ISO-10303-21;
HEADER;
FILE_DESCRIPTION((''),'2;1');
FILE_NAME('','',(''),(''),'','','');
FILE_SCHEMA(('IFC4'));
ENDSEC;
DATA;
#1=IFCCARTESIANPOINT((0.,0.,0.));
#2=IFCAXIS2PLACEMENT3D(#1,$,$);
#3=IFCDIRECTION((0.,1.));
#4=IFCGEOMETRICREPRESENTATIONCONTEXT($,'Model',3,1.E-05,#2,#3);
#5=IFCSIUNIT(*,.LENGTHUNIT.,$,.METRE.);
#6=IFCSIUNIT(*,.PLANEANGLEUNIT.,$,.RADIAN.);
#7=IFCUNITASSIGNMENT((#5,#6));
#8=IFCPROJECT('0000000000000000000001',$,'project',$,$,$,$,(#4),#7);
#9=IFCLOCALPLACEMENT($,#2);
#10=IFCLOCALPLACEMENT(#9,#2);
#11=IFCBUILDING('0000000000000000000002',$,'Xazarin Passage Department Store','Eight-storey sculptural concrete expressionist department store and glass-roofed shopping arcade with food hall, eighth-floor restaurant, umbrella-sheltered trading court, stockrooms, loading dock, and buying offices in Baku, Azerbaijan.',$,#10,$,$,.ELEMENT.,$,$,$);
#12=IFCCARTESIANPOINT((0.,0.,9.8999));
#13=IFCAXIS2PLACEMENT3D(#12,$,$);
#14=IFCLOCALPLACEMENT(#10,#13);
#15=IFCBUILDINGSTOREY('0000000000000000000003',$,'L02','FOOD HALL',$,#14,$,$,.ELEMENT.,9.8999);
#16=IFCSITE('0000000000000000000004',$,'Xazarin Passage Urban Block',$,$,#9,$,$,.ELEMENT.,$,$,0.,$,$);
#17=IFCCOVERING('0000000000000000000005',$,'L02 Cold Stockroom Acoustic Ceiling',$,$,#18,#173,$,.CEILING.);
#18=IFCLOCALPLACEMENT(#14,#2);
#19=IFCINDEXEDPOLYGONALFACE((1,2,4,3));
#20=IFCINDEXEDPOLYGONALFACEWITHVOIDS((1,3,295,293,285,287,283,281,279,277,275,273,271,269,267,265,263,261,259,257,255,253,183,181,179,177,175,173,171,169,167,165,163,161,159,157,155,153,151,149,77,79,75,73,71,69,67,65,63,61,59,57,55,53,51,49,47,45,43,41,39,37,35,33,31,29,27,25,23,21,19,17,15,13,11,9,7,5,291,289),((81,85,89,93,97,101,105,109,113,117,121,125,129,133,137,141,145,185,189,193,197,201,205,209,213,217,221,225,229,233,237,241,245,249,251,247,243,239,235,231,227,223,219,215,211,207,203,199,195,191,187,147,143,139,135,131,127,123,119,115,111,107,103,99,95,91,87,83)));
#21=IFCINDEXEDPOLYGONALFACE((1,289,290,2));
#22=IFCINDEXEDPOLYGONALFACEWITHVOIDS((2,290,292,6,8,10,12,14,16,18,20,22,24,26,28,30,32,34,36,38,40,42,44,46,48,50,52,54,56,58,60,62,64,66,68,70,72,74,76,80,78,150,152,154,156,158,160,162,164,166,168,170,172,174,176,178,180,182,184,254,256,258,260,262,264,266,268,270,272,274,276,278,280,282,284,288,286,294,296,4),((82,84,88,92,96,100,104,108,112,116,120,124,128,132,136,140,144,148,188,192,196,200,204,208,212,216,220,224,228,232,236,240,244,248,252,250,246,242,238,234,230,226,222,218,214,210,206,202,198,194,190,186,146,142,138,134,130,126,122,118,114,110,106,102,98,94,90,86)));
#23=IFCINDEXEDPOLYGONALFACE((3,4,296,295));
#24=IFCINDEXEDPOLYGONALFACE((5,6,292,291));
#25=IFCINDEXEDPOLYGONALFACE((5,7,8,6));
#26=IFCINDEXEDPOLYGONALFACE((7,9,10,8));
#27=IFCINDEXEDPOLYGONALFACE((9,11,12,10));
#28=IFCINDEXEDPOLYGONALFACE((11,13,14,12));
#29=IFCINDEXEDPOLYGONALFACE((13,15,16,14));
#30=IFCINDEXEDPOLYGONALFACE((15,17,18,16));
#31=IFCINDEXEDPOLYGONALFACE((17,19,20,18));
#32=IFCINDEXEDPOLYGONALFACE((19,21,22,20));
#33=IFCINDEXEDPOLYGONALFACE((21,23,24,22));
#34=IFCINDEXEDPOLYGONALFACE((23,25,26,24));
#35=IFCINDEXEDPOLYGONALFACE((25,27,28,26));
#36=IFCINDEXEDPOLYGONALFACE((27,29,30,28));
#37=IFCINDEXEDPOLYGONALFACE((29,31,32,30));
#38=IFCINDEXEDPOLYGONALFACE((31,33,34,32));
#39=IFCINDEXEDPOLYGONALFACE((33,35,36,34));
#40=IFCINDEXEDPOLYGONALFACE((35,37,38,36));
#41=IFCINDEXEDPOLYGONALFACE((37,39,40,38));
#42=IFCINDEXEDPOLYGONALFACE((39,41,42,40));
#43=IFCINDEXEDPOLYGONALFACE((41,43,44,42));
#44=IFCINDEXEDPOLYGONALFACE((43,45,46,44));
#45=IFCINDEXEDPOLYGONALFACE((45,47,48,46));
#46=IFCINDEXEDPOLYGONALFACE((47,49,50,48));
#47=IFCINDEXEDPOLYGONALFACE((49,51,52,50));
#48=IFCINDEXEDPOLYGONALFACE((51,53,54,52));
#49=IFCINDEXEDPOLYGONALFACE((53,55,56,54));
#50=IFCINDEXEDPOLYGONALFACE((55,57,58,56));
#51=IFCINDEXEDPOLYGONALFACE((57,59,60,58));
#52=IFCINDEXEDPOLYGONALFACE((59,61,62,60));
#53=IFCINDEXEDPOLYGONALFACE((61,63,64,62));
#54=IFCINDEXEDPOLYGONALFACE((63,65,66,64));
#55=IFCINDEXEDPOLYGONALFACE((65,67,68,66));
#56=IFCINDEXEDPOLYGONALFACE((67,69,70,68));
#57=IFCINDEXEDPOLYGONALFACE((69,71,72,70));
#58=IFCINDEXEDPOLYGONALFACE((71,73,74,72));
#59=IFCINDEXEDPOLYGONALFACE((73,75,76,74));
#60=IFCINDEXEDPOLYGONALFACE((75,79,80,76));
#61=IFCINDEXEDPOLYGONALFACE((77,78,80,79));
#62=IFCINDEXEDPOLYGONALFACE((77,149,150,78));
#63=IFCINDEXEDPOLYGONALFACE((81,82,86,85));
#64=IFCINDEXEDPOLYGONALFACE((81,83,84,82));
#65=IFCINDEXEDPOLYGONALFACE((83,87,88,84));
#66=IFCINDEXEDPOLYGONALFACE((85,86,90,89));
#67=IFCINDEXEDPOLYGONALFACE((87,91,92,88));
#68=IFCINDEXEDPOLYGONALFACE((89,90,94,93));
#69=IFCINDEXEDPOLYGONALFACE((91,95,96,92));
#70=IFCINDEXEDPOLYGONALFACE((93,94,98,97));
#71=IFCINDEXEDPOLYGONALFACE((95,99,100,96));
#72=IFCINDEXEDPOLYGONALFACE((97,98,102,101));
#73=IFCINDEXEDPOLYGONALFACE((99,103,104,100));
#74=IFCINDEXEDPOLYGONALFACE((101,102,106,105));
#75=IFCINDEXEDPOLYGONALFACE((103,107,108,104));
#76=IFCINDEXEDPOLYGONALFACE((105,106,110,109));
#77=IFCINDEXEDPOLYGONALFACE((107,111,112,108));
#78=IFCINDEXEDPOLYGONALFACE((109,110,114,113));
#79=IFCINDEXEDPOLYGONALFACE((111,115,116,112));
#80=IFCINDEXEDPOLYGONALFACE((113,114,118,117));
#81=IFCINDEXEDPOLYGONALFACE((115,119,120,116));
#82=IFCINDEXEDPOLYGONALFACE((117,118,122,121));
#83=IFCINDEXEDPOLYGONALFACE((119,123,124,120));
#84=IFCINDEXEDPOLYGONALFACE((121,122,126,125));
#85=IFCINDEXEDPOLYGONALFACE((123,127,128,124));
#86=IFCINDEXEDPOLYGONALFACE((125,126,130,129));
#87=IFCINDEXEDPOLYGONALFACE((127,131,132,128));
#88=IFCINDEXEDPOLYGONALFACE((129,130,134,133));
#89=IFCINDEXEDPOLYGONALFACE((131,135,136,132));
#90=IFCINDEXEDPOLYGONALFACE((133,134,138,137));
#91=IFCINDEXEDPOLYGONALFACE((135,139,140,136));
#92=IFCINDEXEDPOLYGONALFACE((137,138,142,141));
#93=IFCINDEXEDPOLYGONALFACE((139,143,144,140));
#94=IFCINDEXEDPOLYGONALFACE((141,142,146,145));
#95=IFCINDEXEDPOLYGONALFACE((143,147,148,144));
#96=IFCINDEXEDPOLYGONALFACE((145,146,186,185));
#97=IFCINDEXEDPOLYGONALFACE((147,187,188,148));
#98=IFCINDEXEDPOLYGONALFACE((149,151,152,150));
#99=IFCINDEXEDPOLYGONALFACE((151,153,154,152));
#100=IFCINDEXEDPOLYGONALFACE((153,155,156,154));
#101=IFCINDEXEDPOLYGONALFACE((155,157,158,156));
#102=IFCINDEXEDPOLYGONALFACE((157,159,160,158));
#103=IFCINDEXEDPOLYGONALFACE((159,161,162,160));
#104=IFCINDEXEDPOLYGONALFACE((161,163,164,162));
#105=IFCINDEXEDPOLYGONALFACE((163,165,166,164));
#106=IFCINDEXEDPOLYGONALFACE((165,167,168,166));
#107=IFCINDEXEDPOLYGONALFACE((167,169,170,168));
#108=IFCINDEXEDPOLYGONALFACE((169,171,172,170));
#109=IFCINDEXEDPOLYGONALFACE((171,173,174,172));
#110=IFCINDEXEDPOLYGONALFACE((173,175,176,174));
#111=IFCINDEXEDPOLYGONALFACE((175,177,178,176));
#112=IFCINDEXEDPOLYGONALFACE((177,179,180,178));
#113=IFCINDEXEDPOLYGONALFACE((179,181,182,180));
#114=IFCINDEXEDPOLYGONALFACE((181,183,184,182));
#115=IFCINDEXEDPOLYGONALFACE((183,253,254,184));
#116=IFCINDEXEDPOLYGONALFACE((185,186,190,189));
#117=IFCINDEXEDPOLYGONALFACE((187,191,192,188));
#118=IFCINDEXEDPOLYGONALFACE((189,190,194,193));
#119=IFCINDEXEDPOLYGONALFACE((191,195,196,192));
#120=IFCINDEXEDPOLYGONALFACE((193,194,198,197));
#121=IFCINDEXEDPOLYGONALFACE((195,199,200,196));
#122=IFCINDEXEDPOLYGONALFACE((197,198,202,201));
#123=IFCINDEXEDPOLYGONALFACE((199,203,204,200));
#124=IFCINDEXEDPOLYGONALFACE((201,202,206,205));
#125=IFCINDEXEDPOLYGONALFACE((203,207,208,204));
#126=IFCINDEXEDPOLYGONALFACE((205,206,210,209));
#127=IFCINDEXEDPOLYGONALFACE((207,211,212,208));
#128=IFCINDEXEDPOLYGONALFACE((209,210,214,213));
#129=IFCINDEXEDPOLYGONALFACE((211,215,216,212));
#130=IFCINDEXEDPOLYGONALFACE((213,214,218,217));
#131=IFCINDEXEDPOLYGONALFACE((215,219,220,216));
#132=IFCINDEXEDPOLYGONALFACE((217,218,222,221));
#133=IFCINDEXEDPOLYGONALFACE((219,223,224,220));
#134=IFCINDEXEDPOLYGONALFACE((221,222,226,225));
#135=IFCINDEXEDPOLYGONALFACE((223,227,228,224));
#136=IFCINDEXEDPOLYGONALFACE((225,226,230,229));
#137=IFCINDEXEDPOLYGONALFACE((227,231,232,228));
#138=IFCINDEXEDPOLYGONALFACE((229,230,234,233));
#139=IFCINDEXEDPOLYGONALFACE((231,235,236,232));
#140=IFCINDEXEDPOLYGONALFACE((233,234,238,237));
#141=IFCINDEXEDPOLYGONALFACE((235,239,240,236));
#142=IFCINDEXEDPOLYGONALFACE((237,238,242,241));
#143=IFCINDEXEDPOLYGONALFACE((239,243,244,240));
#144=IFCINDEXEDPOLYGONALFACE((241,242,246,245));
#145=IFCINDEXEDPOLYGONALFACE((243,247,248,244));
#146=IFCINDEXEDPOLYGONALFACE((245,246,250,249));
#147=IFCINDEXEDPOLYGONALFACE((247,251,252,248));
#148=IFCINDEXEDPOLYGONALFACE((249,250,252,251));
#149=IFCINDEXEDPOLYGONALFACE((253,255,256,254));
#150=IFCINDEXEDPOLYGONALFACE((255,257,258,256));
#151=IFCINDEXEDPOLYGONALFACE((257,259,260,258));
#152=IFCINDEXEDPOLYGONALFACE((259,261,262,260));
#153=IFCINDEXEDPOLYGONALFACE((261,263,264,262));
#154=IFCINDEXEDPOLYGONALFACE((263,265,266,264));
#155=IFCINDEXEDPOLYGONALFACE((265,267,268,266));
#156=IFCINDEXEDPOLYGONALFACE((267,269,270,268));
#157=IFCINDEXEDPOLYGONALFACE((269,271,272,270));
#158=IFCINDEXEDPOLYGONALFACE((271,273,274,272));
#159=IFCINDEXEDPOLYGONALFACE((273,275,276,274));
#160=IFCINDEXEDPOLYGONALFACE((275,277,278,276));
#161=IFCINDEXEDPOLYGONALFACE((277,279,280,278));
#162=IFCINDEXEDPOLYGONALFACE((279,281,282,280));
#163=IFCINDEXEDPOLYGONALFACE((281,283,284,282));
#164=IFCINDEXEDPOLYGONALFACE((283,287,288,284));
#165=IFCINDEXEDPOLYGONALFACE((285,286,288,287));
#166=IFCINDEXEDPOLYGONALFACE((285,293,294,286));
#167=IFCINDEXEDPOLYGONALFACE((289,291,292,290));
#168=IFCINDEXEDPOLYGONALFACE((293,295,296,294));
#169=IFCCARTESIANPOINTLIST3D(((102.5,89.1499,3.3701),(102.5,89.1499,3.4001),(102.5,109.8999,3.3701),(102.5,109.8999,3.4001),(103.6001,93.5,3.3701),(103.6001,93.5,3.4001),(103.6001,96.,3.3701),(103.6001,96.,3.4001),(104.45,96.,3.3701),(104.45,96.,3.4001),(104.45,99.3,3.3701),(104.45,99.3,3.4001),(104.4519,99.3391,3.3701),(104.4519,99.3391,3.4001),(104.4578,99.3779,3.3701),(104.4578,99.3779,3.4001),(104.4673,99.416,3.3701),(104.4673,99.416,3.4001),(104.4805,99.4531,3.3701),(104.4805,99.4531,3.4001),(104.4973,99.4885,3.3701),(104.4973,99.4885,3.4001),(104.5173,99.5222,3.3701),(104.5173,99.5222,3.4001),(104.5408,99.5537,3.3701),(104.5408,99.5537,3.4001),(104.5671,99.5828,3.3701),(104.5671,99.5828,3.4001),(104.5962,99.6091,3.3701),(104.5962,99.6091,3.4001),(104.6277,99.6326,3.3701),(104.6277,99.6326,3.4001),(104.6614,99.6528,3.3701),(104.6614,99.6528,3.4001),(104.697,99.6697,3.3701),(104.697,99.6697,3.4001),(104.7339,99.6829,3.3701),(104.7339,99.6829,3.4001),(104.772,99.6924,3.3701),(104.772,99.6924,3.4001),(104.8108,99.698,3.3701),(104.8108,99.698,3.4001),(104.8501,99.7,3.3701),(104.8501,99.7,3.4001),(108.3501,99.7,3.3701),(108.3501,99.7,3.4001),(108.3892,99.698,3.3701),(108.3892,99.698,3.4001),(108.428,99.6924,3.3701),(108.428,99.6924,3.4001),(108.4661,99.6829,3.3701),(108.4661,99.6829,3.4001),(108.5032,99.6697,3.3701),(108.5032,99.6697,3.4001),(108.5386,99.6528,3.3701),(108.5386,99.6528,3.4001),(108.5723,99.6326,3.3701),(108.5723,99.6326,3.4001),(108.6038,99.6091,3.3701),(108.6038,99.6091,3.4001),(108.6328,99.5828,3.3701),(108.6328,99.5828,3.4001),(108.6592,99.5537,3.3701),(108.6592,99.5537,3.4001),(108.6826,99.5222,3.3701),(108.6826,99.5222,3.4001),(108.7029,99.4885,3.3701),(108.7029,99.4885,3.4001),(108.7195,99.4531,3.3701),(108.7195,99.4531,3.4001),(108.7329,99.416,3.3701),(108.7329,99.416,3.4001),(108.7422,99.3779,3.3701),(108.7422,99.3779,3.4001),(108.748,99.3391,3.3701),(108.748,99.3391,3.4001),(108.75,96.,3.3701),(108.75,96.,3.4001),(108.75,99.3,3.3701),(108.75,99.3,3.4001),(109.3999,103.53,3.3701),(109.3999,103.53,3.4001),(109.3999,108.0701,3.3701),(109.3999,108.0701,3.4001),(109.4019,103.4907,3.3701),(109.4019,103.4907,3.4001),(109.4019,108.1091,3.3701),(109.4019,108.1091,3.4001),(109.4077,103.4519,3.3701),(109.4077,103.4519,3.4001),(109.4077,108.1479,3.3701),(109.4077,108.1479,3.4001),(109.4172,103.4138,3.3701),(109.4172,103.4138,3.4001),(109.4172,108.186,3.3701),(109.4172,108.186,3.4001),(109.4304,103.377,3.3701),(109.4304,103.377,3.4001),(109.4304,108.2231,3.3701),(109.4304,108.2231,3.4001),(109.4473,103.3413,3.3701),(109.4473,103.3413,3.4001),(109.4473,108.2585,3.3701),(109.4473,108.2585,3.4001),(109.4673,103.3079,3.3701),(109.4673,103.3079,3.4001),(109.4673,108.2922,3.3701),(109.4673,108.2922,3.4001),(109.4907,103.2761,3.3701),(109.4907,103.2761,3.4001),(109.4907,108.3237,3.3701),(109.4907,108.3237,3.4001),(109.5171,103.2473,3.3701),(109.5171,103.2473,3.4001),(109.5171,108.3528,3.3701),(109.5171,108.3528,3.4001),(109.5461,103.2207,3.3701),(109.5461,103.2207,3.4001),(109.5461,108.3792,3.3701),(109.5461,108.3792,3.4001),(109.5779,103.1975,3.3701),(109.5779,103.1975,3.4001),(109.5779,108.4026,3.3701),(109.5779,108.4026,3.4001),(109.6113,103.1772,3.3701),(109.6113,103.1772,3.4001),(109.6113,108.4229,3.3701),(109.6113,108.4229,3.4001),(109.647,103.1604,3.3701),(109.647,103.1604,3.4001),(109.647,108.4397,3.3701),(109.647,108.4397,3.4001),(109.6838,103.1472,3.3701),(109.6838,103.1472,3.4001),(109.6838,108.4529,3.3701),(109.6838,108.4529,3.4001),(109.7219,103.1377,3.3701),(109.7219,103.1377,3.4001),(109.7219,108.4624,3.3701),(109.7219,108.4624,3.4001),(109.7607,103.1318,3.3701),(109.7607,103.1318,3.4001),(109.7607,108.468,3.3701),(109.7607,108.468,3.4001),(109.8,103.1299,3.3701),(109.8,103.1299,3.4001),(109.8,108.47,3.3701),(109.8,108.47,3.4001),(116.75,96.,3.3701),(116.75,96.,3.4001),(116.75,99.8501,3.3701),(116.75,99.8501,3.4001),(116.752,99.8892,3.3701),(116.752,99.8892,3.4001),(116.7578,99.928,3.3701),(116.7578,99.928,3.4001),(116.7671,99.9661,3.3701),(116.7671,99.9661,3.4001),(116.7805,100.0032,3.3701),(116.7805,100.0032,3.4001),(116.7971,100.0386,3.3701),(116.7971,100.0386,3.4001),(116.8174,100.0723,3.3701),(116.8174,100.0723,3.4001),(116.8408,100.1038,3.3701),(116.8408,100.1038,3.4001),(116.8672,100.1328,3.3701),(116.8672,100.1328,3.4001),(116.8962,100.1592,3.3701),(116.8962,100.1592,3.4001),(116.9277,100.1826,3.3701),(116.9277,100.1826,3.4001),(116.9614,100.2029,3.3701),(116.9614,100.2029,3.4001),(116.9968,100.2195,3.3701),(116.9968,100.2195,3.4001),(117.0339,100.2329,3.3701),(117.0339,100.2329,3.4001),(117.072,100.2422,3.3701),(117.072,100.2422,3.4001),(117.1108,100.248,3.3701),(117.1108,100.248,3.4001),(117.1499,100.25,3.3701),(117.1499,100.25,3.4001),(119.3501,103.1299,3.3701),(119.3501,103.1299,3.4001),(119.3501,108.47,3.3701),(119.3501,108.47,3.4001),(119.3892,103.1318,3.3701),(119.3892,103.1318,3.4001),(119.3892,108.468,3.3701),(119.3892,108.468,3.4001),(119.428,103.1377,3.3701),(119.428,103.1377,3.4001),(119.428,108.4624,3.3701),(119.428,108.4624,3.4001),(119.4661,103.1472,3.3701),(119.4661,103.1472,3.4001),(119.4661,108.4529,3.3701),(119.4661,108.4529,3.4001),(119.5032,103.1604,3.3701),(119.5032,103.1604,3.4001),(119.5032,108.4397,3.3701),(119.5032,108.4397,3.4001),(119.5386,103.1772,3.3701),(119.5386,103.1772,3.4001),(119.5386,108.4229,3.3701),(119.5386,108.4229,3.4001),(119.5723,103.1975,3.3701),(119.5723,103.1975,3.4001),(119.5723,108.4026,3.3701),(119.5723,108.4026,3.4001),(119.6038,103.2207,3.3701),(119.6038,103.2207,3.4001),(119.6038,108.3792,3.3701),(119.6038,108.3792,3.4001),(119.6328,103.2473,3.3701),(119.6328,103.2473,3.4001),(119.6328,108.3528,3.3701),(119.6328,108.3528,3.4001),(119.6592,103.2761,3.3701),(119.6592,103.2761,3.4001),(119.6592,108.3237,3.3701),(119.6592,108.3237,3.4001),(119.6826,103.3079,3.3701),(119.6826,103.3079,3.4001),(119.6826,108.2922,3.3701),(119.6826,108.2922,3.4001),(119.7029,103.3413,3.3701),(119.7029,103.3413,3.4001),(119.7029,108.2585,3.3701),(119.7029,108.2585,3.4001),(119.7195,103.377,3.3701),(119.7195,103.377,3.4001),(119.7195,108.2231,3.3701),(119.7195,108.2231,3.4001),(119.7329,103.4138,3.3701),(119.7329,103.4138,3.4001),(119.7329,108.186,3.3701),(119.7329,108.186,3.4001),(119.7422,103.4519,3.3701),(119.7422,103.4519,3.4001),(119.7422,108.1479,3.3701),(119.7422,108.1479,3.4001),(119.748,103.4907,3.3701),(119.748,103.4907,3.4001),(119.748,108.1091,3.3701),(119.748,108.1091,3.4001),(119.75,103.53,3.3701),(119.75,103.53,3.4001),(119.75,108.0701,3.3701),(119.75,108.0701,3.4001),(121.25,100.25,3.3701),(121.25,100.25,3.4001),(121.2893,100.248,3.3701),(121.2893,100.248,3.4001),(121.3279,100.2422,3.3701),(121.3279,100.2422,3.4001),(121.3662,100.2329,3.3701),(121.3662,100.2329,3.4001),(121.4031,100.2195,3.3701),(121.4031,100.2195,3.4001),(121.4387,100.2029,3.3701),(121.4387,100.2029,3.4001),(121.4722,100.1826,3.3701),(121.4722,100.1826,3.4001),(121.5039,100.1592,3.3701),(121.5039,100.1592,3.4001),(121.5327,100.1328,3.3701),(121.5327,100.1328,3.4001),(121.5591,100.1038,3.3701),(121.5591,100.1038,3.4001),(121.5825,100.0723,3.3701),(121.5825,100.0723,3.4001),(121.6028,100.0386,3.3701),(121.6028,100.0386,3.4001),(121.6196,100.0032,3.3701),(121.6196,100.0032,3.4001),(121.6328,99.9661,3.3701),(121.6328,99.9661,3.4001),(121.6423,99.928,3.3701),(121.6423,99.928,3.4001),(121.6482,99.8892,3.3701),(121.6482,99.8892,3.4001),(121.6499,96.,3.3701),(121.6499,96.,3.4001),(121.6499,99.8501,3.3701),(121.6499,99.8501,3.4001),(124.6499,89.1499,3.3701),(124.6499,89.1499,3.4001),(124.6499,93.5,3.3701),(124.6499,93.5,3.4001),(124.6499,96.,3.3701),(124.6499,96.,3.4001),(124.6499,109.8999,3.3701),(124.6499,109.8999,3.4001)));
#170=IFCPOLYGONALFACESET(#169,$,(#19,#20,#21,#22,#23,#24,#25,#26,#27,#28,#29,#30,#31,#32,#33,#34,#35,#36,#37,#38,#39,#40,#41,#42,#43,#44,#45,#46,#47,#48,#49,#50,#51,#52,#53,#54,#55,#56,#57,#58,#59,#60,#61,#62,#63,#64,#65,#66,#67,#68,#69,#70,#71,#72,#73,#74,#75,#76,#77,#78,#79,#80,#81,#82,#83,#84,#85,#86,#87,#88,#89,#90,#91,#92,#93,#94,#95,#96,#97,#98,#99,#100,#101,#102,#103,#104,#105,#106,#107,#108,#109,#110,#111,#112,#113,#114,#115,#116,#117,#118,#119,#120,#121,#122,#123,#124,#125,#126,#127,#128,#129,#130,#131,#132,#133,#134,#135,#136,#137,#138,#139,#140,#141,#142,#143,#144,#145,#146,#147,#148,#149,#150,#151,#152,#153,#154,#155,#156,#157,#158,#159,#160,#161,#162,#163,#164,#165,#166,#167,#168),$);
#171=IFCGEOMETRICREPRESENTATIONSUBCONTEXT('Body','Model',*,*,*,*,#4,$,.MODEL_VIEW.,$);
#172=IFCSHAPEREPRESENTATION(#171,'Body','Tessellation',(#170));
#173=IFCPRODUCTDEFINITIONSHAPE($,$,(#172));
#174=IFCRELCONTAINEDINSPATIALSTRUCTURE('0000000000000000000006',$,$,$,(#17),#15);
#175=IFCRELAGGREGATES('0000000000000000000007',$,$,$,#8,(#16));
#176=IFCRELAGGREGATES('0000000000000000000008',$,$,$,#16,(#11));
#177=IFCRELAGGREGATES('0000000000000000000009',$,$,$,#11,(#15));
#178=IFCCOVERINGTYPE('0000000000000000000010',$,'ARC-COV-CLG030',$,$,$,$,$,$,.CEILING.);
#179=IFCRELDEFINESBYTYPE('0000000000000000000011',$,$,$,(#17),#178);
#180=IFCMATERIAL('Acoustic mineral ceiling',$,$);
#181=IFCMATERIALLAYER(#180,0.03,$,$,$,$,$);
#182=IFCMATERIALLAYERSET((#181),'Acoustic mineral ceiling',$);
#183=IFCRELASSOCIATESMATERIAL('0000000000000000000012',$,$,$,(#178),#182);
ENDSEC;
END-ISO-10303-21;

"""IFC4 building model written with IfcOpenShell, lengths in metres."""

from ifc_helpers import new_model, si_unit, direction, frame, origin, place, context, subcontext, project, spatial, polyline, outline, extrude, material, layer, layer_set, type_object, element, save


model = new_model("IFC4")

# Units and contexts
model_context = context("Model", 3, precision=1e-05, world=origin(), true_north=direction((0.0, 1.0)))
body_context = subcontext(model_context, "Body", "Model", "MODEL_VIEW")
ifc_project = project(units=[si_unit("LENGTHUNIT", "METRE"), si_unit("PLANEANGLEUNIT", "RADIAN")], contexts=[model_context])

# Site, building, storey
site_placement = place(None, origin())
site = spatial("IfcSite", under=ifc_project, at=site_placement, Name="Xazarin Passage Urban Block", CompositionType="ELEMENT", RefElevation=0.0)
building_placement = place(site_placement, origin())
building = spatial("IfcBuilding", under=site, at=building_placement, Name="Xazarin Passage Department Store", Description="Eight-storey sculptural concrete expressionist department store and glass-roofed shopping arcade with food hall, eighth-floor restaurant, umbrella-sheltered trading court, stockrooms, loading dock, and buying offices in Baku, Azerbaijan.", CompositionType="ELEMENT")
storey_placement = place(building_placement, frame((0.0, 0.0, 9.8999)))
storey = spatial("IfcBuildingStorey", under=building, at=storey_placement, Name="L02", Description="FOOD HALL", CompositionType="ELEMENT", Elevation=9.8999)

# Covering
ifc_material_1 = material(Name="Acoustic mineral ceiling")
ifc_layer_1 = layer(ifc_material_1, 0.03)
ifc_layer_set_1 = layer_set([ifc_layer_1], Name="Acoustic mineral ceiling")
covering_type_1 = type_object("IfcCoveringType", Name="ARC-COV-CLG030", PredefinedType="CEILING", material=ifc_layer_set_1)
covering_1_placement = place(storey_placement, frame((0.0, 0.0, 3.3701)))
element("IfcCovering", 1, at=covering_1_placement, inside=storey, type_object=covering_type_1, Name="L02 Cold Stockroom Acoustic Ceiling", PredefinedType="CEILING", context=body_context, shape_type="SweptSolid", body=[
    extrude(outline(polyline([(104.45, 96.0), (104.45, 99.3), (104.4519, 99.3391), (104.4578, 99.3779), (104.4673, 99.416), (104.4805, 99.4531), (104.4973, 99.4885), (104.5173, 99.5222), (104.5408, 99.5537), (104.5671, 99.5828), (104.5962, 99.6091), (104.6277, 99.6326), (104.6614, 99.6528), (104.697, 99.6697), (104.7339, 99.6829), (104.772, 99.6924), (104.8108, 99.698), (104.8501, 99.7), (108.3501, 99.7), (108.3892, 99.698), (108.428, 99.6924), (108.4661, 99.6829), (108.5032, 99.6697), (108.5386, 99.6528), (108.5723, 99.6326), (108.6038, 99.6091), (108.6328, 99.5828), (108.6592, 99.5537), (108.6826, 99.5222), (108.7029, 99.4885), (108.7195, 99.4531), (108.7329, 99.416), (108.7422, 99.3779), (108.748, 99.3391), (108.75, 99.3), (108.75, 96.0), (116.75, 96.0), (116.75, 99.8501), (116.752, 99.8892), (116.7578, 99.928), (116.7671, 99.9661), (116.7805, 100.0032), (116.7971, 100.0386), (116.8174, 100.0723), (116.8408, 100.1038), (116.8672, 100.1328), (116.8962, 100.1592), (116.9277, 100.1826), (116.9614, 100.2029), (116.9968, 100.2195), (117.0339, 100.2329), (117.072, 100.2422), (117.1108, 100.248), (117.1499, 100.25), (121.25, 100.25), (121.2893, 100.248), (121.3279, 100.2422), (121.3662, 100.2329), (121.4031, 100.2195), (121.4387, 100.2029), (121.4722, 100.1826), (121.5039, 100.1592), (121.5327, 100.1328), (121.5591, 100.1038), (121.5825, 100.0723), (121.6028, 100.0386), (121.6196, 100.0032), (121.6328, 99.9661), (121.6423, 99.928), (121.6482, 99.8892), (121.6499, 99.8501), (121.6499, 96.0), (124.6499, 96.0), (124.6499, 109.8999), (102.5, 109.8999), (102.5, 89.1499), (124.6499, 89.1499), (124.6499, 93.5), (103.6001, 93.5), (103.6001, 96.0), (104.45, 96.0)]), holes=[polyline([(109.8, 103.1299), (109.7607, 103.1318), (109.7219, 103.1377), (109.6838, 103.1472), (109.647, 103.1604), (109.6113, 103.1772), (109.5779, 103.1975), (109.5461, 103.2207), (109.5171, 103.2473), (109.4907, 103.2761), (109.4673, 103.3079), (109.4473, 103.3413), (109.4304, 103.377), (109.4172, 103.4138), (109.4077, 103.4519), (109.4019, 103.4907), (109.3999, 103.53), (109.3999, 108.0701), (109.4019, 108.1091), (109.4077, 108.1479), (109.4172, 108.186), (109.4304, 108.2231), (109.4473, 108.2585), (109.4673, 108.2922), (109.4907, 108.3237), (109.5171, 108.3528), (109.5461, 108.3792), (109.5779, 108.4026), (109.6113, 108.4229), (109.647, 108.4397), (109.6838, 108.4529), (109.7219, 108.4624), (109.7607, 108.468), (109.8, 108.47), (119.3501, 108.47), (119.3892, 108.468), (119.428, 108.4624), (119.4661, 108.4529), (119.5032, 108.4397), (119.5386, 108.4229), (119.5723, 108.4026), (119.6038, 108.3792), (119.6328, 108.3528), (119.6592, 108.3237), (119.6826, 108.2922), (119.7029, 108.2585), (119.7195, 108.2231), (119.7329, 108.186), (119.7422, 108.1479), (119.748, 108.1091), (119.75, 108.0701), (119.75, 103.53), (119.748, 103.4907), (119.7422, 103.4519), (119.7329, 103.4138), (119.7195, 103.377), (119.7029, 103.3413), (119.6826, 103.3079), (119.6592, 103.2761), (119.6328, 103.2473), (119.6038, 103.2207), (119.5723, 103.1975), (119.5386, 103.1772), (119.5032, 103.1604), (119.4661, 103.1472), (119.428, 103.1377), (119.3892, 103.1318), (119.3501, 103.1299), (109.8, 103.1299)])]), origin(), (0.0, 0.0, 1.0), 0.03),
])

save(model, "model.ifc")
